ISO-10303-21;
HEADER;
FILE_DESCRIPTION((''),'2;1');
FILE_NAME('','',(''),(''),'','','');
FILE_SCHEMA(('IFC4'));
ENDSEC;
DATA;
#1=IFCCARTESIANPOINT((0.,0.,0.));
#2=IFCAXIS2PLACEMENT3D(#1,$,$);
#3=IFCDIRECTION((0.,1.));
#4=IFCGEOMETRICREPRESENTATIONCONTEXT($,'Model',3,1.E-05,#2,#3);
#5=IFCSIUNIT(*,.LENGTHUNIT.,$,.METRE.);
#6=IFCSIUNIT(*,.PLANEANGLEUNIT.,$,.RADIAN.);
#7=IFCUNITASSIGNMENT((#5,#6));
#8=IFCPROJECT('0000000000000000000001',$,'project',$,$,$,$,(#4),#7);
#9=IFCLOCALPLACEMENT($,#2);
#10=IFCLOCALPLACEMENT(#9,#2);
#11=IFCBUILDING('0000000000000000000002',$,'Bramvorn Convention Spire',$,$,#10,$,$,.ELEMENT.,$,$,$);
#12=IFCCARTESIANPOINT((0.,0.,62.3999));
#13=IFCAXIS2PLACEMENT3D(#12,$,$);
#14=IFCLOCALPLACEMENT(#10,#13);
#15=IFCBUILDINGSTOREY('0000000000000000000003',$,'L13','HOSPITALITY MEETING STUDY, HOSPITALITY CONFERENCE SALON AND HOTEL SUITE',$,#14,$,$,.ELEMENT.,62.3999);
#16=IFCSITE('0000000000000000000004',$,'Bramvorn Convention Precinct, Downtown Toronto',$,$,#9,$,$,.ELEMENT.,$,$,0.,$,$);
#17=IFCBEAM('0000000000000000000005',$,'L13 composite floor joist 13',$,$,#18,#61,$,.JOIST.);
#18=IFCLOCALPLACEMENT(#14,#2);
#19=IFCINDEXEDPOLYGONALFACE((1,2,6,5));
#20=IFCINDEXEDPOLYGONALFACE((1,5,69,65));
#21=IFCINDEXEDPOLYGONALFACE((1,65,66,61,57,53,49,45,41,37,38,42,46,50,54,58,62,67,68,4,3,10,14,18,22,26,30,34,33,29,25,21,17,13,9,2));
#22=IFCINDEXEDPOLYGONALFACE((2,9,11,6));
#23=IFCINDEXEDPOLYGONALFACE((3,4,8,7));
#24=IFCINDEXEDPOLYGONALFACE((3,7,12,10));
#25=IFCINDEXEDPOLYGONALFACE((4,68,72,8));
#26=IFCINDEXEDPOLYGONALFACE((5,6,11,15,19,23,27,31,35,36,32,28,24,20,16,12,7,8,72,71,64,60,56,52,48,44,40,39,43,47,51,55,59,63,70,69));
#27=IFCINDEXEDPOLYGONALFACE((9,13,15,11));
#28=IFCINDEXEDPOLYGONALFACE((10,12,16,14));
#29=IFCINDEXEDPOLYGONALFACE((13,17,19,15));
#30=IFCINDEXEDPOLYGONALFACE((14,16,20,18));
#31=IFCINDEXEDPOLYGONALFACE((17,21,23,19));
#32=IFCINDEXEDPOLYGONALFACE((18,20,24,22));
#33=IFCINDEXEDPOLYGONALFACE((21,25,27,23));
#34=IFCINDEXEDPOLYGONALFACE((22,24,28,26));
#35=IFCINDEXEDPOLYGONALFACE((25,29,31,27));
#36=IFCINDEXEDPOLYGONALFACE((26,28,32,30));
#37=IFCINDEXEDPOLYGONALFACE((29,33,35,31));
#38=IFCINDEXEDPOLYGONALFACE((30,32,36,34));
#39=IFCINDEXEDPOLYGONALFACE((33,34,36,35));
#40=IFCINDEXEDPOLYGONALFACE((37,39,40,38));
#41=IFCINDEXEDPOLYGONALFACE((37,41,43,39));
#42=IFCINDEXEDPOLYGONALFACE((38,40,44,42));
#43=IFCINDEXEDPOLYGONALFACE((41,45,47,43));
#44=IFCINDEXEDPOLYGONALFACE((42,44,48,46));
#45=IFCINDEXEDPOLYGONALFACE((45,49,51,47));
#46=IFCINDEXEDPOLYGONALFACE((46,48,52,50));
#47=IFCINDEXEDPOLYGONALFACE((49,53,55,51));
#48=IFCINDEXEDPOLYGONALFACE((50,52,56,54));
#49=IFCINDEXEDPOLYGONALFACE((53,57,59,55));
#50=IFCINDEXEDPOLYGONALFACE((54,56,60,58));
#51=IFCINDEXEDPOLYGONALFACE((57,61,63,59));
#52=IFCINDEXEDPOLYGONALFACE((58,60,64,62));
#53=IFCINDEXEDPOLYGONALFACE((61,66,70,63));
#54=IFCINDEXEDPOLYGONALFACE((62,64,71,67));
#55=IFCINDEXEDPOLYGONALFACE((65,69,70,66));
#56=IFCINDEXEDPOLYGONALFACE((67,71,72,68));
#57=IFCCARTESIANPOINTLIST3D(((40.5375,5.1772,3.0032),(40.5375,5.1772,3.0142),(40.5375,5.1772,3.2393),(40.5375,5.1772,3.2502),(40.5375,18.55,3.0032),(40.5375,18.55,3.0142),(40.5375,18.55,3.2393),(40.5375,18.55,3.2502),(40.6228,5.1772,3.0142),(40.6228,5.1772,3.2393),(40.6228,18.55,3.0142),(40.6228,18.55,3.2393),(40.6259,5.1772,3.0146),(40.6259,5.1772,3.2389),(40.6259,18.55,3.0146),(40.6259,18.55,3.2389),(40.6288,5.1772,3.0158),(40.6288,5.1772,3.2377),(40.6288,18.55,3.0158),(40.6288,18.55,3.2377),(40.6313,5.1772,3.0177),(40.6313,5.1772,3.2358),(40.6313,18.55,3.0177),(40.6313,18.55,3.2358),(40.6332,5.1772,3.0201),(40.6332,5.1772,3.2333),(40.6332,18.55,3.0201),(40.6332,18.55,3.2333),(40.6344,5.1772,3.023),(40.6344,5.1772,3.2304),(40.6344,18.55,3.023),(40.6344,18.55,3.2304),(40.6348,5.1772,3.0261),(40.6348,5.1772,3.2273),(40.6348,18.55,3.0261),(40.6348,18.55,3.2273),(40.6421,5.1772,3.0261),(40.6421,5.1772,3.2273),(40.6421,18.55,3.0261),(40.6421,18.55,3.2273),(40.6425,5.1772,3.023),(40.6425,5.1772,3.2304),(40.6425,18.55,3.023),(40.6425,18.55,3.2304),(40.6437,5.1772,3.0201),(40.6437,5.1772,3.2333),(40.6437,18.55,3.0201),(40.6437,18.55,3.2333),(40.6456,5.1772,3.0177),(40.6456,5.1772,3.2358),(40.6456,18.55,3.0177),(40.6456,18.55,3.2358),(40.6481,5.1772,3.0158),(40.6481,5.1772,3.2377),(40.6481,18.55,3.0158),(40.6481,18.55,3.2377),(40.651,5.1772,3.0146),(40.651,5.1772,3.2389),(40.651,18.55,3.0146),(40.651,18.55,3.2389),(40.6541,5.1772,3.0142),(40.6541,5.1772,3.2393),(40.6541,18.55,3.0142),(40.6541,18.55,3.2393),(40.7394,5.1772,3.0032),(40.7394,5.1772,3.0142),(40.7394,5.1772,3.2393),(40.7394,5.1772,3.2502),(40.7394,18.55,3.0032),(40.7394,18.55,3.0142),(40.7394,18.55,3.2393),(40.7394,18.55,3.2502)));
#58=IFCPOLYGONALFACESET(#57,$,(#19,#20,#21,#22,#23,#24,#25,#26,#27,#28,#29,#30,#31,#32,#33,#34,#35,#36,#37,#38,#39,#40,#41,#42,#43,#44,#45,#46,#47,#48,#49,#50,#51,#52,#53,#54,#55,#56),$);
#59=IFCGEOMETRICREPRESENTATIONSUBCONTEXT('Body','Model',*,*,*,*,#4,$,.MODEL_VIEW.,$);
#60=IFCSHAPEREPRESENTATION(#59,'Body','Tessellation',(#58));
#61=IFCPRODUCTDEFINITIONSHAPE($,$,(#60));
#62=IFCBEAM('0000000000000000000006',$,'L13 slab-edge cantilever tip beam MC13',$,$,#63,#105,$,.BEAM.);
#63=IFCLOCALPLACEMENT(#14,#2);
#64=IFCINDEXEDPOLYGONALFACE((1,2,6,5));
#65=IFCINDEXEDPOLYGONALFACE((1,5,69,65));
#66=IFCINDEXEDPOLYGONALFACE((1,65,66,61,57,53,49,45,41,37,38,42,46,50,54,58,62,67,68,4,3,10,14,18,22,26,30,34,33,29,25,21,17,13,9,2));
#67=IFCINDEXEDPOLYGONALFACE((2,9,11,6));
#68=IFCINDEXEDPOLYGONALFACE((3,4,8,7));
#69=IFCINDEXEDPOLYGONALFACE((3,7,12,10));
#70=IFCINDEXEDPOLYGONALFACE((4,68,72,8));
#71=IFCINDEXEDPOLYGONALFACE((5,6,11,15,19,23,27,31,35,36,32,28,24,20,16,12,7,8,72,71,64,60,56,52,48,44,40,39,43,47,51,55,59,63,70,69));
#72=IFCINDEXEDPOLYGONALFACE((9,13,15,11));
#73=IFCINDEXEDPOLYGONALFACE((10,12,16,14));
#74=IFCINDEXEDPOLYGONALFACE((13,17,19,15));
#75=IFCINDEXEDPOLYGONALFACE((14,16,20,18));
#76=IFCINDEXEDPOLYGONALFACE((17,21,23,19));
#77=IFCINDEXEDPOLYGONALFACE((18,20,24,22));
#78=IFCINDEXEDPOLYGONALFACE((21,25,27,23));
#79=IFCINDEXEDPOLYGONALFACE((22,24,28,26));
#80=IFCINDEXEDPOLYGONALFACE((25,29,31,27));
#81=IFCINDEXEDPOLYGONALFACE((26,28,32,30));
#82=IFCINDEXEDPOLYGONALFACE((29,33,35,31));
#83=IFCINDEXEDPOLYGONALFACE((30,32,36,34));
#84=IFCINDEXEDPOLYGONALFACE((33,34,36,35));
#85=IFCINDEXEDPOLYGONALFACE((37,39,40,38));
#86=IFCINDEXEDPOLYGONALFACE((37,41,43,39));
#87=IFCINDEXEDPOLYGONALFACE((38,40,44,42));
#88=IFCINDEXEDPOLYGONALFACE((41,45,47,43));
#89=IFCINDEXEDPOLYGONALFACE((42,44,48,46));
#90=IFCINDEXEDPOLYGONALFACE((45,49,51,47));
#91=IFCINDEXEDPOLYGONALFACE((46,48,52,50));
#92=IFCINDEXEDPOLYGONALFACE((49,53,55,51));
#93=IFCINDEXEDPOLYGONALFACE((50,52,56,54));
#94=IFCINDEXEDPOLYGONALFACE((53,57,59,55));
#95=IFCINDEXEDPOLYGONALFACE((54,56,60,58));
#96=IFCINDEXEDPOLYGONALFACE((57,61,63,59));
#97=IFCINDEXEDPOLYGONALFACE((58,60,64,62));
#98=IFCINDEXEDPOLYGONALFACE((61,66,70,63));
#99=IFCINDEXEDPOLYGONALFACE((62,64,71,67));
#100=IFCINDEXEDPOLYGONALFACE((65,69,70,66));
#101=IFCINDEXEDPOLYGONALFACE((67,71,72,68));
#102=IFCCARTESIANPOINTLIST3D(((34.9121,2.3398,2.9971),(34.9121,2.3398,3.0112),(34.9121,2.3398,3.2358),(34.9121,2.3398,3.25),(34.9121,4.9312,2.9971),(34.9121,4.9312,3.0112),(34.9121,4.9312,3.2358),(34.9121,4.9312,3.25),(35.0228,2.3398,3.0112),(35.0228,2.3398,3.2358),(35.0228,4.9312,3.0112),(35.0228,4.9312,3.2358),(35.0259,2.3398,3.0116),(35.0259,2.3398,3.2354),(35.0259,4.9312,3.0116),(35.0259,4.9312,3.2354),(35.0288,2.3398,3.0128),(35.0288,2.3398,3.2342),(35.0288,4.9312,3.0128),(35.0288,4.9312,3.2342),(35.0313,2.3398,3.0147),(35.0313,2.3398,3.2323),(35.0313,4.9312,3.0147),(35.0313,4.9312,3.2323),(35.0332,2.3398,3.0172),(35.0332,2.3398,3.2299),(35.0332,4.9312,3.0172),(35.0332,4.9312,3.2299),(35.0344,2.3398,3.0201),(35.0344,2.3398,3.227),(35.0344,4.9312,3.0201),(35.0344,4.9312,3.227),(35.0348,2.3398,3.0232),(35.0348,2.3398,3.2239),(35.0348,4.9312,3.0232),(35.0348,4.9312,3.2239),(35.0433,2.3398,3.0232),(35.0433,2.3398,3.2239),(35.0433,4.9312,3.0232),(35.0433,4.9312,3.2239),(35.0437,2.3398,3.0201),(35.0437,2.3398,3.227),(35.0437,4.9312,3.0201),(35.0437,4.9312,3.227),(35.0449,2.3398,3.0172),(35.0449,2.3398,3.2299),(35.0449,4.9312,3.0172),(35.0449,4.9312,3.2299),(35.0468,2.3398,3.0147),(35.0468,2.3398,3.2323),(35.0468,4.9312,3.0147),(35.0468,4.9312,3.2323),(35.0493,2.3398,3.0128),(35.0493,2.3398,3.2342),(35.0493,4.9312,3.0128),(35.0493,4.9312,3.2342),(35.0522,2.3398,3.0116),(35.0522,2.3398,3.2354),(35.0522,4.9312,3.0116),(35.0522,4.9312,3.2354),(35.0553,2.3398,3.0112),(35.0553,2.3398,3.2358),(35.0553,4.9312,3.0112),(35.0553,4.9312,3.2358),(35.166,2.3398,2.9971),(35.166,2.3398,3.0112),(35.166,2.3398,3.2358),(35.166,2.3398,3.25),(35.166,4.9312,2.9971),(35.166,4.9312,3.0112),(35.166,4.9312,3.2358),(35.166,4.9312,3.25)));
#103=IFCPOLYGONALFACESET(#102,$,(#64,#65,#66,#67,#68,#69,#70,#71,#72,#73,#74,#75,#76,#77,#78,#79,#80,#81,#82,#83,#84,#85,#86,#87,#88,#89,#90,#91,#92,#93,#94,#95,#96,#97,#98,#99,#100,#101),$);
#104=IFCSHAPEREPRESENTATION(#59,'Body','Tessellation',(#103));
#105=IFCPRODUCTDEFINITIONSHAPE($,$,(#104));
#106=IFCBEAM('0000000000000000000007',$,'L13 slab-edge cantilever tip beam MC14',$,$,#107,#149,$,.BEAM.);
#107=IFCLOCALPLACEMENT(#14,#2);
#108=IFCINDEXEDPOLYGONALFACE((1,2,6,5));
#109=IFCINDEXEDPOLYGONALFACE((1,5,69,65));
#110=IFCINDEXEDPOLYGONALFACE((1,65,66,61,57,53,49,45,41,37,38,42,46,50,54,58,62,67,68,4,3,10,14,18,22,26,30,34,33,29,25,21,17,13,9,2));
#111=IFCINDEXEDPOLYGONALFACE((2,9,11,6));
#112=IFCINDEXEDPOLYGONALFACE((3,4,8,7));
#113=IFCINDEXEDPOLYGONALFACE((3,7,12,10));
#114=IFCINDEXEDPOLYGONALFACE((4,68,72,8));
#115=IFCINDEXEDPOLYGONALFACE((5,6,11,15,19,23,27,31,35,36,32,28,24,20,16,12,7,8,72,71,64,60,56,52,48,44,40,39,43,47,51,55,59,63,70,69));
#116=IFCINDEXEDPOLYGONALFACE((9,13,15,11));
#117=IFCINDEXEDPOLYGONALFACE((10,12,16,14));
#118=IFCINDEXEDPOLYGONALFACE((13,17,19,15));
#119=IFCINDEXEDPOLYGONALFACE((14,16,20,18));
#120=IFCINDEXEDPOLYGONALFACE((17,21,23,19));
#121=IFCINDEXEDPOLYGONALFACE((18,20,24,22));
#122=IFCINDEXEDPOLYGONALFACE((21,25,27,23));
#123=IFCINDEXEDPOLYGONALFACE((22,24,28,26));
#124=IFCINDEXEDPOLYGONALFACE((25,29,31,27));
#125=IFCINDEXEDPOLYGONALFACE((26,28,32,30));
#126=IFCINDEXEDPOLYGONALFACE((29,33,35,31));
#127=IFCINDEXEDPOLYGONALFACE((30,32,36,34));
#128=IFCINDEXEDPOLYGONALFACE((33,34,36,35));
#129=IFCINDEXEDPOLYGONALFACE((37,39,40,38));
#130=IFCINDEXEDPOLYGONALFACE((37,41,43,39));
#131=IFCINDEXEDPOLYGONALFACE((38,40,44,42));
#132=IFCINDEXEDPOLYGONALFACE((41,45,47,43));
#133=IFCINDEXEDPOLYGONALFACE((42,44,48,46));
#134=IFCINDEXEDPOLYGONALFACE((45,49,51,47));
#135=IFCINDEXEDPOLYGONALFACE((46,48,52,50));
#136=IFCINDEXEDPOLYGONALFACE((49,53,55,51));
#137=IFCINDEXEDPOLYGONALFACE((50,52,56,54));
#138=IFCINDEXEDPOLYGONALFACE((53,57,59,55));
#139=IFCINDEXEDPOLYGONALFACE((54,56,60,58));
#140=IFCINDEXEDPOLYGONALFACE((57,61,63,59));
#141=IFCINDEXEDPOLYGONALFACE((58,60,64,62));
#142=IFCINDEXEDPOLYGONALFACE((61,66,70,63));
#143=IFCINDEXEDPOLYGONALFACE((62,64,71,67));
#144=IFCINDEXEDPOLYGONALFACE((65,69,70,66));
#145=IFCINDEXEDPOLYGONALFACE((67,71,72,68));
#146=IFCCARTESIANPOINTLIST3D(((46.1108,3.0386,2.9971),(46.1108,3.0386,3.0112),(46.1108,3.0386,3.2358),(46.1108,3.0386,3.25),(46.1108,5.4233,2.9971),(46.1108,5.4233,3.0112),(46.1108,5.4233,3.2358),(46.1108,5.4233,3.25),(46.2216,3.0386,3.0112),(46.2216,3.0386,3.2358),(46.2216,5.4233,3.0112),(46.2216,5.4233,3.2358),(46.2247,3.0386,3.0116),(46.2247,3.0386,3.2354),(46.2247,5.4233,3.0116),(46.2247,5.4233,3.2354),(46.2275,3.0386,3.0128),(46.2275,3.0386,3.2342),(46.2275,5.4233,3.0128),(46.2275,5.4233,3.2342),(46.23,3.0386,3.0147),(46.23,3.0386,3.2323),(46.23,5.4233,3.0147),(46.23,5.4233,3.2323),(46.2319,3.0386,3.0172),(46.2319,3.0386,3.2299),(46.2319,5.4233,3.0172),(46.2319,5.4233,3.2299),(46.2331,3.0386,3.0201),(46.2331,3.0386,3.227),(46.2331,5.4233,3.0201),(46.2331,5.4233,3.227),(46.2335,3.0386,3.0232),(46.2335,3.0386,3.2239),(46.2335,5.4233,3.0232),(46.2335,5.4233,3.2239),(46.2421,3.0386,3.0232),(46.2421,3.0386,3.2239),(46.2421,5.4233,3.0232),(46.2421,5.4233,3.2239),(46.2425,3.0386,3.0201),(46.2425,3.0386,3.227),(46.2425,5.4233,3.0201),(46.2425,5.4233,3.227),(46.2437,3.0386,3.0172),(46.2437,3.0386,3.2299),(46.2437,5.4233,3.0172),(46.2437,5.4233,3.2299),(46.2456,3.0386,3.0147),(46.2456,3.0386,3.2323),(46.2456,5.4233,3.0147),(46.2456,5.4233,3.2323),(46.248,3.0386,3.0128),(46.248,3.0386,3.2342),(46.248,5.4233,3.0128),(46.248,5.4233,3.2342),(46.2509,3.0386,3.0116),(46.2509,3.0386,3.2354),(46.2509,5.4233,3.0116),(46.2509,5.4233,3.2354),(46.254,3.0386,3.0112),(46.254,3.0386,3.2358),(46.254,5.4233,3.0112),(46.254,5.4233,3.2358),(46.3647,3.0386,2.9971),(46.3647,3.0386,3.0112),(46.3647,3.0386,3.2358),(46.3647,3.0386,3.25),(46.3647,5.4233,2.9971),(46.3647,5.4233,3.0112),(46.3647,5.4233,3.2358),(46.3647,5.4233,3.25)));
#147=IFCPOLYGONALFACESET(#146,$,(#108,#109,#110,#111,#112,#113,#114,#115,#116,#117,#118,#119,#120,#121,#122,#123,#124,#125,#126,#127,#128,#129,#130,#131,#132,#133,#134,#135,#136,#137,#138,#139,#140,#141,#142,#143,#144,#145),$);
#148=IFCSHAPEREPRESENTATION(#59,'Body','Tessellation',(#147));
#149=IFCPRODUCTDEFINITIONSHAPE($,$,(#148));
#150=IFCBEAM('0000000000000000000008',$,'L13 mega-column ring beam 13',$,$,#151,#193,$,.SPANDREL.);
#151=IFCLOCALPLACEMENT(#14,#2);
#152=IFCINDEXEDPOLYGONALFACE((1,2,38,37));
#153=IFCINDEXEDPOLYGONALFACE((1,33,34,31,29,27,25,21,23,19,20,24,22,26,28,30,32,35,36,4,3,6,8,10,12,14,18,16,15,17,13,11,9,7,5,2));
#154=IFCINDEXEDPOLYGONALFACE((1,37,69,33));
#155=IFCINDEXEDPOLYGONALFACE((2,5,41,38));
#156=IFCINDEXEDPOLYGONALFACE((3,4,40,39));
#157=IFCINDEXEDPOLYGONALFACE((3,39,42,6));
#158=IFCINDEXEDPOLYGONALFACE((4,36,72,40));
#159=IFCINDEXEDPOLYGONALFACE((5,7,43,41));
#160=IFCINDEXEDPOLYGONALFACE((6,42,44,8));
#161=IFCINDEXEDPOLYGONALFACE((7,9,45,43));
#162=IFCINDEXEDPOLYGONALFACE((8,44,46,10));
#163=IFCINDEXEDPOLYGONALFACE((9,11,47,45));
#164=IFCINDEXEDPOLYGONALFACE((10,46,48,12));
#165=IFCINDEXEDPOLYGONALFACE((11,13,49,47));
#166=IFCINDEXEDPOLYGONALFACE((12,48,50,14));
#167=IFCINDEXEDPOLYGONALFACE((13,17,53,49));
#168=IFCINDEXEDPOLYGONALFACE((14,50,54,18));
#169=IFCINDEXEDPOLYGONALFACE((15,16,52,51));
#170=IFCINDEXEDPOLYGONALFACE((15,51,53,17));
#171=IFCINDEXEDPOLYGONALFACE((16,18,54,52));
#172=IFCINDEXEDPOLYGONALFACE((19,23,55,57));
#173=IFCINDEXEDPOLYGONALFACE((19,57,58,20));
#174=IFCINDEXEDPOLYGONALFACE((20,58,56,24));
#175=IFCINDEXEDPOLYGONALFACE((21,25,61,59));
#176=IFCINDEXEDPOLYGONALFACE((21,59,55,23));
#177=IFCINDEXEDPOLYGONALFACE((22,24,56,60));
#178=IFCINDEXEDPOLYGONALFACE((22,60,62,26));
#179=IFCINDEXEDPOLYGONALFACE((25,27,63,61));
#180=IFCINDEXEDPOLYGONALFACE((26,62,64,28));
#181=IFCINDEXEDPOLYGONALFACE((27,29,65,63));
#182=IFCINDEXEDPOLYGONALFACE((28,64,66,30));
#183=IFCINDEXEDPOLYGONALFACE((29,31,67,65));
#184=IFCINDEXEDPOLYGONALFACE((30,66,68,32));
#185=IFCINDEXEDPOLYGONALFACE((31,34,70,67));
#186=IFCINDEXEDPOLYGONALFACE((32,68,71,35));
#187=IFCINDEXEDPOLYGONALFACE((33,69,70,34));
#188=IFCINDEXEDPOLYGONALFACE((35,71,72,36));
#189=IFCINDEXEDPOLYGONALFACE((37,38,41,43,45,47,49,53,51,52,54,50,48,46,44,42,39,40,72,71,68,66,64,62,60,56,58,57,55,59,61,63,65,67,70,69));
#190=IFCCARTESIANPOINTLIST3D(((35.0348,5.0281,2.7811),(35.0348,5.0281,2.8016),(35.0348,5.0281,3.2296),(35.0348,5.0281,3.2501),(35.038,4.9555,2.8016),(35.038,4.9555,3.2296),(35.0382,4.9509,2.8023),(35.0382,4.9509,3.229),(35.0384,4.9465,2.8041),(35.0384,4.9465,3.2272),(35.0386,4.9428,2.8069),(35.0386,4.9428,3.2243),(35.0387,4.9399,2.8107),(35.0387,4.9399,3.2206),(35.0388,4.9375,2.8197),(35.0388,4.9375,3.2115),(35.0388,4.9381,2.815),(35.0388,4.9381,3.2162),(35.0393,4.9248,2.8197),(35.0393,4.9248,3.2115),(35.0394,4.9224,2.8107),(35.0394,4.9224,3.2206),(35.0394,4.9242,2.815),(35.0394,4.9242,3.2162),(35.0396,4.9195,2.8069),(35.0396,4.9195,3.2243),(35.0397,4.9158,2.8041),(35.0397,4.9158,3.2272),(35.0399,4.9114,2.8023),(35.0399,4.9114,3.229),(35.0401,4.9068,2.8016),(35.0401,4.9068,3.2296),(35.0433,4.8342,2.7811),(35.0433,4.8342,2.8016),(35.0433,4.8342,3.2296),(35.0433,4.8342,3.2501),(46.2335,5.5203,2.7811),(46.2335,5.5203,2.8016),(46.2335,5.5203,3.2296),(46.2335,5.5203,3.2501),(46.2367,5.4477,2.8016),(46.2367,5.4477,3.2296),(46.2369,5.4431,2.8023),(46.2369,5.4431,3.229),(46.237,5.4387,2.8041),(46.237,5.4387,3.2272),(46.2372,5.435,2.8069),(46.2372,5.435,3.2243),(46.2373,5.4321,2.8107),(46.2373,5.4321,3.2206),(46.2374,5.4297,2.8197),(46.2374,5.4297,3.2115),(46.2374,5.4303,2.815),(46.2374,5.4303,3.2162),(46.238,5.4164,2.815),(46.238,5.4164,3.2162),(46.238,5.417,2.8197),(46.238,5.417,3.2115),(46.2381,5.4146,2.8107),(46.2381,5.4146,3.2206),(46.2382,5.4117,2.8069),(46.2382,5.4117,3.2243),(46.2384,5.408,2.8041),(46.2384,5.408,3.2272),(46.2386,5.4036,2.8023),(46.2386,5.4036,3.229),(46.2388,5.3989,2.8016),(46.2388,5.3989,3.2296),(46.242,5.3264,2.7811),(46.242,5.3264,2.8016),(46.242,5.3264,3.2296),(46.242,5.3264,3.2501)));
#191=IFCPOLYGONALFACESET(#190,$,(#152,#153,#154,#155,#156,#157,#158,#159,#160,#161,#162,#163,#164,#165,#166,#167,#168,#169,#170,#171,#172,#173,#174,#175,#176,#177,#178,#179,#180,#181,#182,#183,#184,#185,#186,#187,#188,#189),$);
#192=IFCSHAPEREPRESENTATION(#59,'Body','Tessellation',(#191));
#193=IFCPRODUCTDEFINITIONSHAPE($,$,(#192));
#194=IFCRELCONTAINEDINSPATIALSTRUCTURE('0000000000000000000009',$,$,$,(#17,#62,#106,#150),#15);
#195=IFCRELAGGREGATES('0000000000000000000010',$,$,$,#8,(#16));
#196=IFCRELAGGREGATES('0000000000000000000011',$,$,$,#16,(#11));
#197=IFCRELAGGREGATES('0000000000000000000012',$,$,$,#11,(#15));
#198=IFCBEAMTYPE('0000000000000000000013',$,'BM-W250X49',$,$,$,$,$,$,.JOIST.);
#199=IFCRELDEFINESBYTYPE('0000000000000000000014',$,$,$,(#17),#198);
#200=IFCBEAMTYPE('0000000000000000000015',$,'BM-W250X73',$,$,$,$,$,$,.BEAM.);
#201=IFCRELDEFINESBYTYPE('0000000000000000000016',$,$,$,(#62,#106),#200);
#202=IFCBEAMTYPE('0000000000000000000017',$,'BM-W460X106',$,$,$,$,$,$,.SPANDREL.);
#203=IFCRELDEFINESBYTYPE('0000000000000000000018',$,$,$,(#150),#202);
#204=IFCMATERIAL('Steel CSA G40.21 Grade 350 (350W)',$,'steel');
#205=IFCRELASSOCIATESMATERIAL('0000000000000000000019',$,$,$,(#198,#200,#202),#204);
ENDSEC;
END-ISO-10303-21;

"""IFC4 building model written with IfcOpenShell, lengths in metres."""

from ifc_helpers import new_model, si_unit, direction, frame, origin, origin_2d, place, context, subcontext, project, spatial, i_section, extrude, material, material_profile, profile_set, type_object, element, save


model = new_model("IFC4")

# Units and contexts
model_context = context("Model", 3, precision=1e-05, world=origin(), true_north=direction((0.0, 1.0)))
body_context = subcontext(model_context, "Body", "Model", "MODEL_VIEW")
ifc_project = project(units=[si_unit("LENGTHUNIT", "METRE"), si_unit("PLANEANGLEUNIT", "RADIAN")], contexts=[model_context])

# Site, building, storey
site_placement = place(None, origin())
site = spatial("IfcSite", under=ifc_project, at=site_placement, Name="Bramvorn Convention Precinct, Downtown Toronto", CompositionType="ELEMENT", RefElevation=0.0)
building_placement = place(site_placement, origin())
building = spatial("IfcBuilding", under=site, at=building_placement, Name="Bramvorn Convention Spire", CompositionType="ELEMENT")
storey_placement = place(building_placement, frame((0.0, 0.0, 62.3999)))
storey = spatial("IfcBuildingStorey", under=building, at=storey_placement, Name="L13", Description="HOSPITALITY MEETING STUDY, HOSPITALITY CONFERENCE SALON AND HOTEL SUITE", CompositionType="ELEMENT", Elevation=62.3999)

# Shared definitions
ifc_material_1 = material(Name="Steel CSA G40.21 Grade 350 (350W)", Category="steel")

# Beams
ifc_material_profile_1 = material_profile(ifc_material_1, i_section(OverallWidth=0.2019, OverallDepth=0.2471, WebThickness=0.0073, FlangeThickness=0.011, FilletRadius=0.012, at=origin_2d()))
ifc_profile_set_1 = profile_set([ifc_material_profile_1], Name="Steel CSA G40.21 Grade 350 (350W) - W250X49")
beam_type_1 = type_object("IfcBeamType", Name="BM-W250X49", PredefinedType="JOIST", material=ifc_profile_set_1)
beam_1_placement = place(storey_placement, frame((40.6384, 18.55, 3.1267), z_axis=(0.0, -1.0, 0.0), x_axis=(1.0, 0.0, 0.0)))
element("IfcBeam", 1, at=beam_1_placement, inside=storey, type_object=beam_type_1, Name="L13 composite floor joist 13", PredefinedType="JOIST", context=body_context, shape_type="SweptSolid", body=[
    extrude(i_section(OverallWidth=0.2019, OverallDepth=0.2471, WebThickness=0.0073, FlangeThickness=0.011, FilletRadius=0.012, at=origin_2d()), origin(), (0.0, 0.0, 1.0), 13.3728),
])
ifc_material_profile_2 = material_profile(ifc_material_1, i_section(OverallWidth=0.2539, OverallDepth=0.2529, WebThickness=0.0085, FlangeThickness=0.0142, FilletRadius=0.012, at=origin_2d()))
ifc_profile_set_2 = profile_set([ifc_material_profile_2], Name="Steel CSA G40.21 Grade 350 (350W) - W250X73")
beam_type_2 = type_object("IfcBeamType", Name="BM-W250X73", PredefinedType="BEAM", material=ifc_profile_set_2)
beam_2_placement = place(storey_placement, frame((35.0391, 4.9312, 3.1235), z_axis=(0.0, -1.0, 0.0), x_axis=(1.0, 0.0, 0.0)))
element("IfcBeam", 2, at=beam_2_placement, inside=storey, type_object=beam_type_2, Name="L13 slab-edge cantilever tip beam MC13", PredefinedType="BEAM", context=body_context, shape_type="SweptSolid", body=[
    extrude(i_section(OverallWidth=0.2539, OverallDepth=0.2529, WebThickness=0.0085, FlangeThickness=0.0142, FilletRadius=0.012, at=origin_2d()), origin(), (0.0, 0.0, 1.0), 2.5913),
])
beam_3_placement = place(storey_placement, frame((46.2378, 5.4233, 3.1235), z_axis=(0.0, -1.0, 0.0), x_axis=(1.0, 0.0, 0.0)))
element("IfcBeam", 3, at=beam_3_placement, inside=storey, type_object=beam_type_2, Name="L13 slab-edge cantilever tip beam MC14", PredefinedType="BEAM", context=body_context, shape_type="SweptSolid", body=[
    extrude(i_section(OverallWidth=0.2539, OverallDepth=0.2529, WebThickness=0.0085, FlangeThickness=0.0142, FilletRadius=0.012, at=origin_2d()), origin(), (0.0, 0.0, 1.0), 2.3848),
])
ifc_material_profile_3 = material_profile(ifc_material_1, i_section(OverallWidth=0.1941, OverallDepth=0.469, WebThickness=0.0127, FlangeThickness=0.0205, FilletRadius=0.0181, at=origin_2d()))
ifc_profile_set_3 = profile_set([ifc_material_profile_3], Name="Steel CSA G40.21 Grade 350 (350W) - W460X106")
beam_type_3 = type_object("IfcBeamType", Name="BM-W460X106", PredefinedType="SPANDREL", material=ifc_profile_set_3)
beam_4_placement = place(storey_placement, frame((35.0391, 4.9312, 3.0156), z_axis=(0.999036, 0.043908, 0.0), x_axis=(-0.043908, 0.999036, 0.0)))
element("IfcBeam", 4, at=beam_4_placement, inside=storey, type_object=beam_type_3, Name="L13 mega-column ring beam 13", PredefinedType="SPANDREL", context=body_context, shape_type="SweptSolid", body=[
    extrude(i_section(OverallWidth=0.1941, OverallDepth=0.469, WebThickness=0.0127, FlangeThickness=0.0205, FilletRadius=0.0181, at=origin_2d()), origin(), (0.0, 0.0, 1.0), 11.2095),
])

save(model, "model.ifc")
